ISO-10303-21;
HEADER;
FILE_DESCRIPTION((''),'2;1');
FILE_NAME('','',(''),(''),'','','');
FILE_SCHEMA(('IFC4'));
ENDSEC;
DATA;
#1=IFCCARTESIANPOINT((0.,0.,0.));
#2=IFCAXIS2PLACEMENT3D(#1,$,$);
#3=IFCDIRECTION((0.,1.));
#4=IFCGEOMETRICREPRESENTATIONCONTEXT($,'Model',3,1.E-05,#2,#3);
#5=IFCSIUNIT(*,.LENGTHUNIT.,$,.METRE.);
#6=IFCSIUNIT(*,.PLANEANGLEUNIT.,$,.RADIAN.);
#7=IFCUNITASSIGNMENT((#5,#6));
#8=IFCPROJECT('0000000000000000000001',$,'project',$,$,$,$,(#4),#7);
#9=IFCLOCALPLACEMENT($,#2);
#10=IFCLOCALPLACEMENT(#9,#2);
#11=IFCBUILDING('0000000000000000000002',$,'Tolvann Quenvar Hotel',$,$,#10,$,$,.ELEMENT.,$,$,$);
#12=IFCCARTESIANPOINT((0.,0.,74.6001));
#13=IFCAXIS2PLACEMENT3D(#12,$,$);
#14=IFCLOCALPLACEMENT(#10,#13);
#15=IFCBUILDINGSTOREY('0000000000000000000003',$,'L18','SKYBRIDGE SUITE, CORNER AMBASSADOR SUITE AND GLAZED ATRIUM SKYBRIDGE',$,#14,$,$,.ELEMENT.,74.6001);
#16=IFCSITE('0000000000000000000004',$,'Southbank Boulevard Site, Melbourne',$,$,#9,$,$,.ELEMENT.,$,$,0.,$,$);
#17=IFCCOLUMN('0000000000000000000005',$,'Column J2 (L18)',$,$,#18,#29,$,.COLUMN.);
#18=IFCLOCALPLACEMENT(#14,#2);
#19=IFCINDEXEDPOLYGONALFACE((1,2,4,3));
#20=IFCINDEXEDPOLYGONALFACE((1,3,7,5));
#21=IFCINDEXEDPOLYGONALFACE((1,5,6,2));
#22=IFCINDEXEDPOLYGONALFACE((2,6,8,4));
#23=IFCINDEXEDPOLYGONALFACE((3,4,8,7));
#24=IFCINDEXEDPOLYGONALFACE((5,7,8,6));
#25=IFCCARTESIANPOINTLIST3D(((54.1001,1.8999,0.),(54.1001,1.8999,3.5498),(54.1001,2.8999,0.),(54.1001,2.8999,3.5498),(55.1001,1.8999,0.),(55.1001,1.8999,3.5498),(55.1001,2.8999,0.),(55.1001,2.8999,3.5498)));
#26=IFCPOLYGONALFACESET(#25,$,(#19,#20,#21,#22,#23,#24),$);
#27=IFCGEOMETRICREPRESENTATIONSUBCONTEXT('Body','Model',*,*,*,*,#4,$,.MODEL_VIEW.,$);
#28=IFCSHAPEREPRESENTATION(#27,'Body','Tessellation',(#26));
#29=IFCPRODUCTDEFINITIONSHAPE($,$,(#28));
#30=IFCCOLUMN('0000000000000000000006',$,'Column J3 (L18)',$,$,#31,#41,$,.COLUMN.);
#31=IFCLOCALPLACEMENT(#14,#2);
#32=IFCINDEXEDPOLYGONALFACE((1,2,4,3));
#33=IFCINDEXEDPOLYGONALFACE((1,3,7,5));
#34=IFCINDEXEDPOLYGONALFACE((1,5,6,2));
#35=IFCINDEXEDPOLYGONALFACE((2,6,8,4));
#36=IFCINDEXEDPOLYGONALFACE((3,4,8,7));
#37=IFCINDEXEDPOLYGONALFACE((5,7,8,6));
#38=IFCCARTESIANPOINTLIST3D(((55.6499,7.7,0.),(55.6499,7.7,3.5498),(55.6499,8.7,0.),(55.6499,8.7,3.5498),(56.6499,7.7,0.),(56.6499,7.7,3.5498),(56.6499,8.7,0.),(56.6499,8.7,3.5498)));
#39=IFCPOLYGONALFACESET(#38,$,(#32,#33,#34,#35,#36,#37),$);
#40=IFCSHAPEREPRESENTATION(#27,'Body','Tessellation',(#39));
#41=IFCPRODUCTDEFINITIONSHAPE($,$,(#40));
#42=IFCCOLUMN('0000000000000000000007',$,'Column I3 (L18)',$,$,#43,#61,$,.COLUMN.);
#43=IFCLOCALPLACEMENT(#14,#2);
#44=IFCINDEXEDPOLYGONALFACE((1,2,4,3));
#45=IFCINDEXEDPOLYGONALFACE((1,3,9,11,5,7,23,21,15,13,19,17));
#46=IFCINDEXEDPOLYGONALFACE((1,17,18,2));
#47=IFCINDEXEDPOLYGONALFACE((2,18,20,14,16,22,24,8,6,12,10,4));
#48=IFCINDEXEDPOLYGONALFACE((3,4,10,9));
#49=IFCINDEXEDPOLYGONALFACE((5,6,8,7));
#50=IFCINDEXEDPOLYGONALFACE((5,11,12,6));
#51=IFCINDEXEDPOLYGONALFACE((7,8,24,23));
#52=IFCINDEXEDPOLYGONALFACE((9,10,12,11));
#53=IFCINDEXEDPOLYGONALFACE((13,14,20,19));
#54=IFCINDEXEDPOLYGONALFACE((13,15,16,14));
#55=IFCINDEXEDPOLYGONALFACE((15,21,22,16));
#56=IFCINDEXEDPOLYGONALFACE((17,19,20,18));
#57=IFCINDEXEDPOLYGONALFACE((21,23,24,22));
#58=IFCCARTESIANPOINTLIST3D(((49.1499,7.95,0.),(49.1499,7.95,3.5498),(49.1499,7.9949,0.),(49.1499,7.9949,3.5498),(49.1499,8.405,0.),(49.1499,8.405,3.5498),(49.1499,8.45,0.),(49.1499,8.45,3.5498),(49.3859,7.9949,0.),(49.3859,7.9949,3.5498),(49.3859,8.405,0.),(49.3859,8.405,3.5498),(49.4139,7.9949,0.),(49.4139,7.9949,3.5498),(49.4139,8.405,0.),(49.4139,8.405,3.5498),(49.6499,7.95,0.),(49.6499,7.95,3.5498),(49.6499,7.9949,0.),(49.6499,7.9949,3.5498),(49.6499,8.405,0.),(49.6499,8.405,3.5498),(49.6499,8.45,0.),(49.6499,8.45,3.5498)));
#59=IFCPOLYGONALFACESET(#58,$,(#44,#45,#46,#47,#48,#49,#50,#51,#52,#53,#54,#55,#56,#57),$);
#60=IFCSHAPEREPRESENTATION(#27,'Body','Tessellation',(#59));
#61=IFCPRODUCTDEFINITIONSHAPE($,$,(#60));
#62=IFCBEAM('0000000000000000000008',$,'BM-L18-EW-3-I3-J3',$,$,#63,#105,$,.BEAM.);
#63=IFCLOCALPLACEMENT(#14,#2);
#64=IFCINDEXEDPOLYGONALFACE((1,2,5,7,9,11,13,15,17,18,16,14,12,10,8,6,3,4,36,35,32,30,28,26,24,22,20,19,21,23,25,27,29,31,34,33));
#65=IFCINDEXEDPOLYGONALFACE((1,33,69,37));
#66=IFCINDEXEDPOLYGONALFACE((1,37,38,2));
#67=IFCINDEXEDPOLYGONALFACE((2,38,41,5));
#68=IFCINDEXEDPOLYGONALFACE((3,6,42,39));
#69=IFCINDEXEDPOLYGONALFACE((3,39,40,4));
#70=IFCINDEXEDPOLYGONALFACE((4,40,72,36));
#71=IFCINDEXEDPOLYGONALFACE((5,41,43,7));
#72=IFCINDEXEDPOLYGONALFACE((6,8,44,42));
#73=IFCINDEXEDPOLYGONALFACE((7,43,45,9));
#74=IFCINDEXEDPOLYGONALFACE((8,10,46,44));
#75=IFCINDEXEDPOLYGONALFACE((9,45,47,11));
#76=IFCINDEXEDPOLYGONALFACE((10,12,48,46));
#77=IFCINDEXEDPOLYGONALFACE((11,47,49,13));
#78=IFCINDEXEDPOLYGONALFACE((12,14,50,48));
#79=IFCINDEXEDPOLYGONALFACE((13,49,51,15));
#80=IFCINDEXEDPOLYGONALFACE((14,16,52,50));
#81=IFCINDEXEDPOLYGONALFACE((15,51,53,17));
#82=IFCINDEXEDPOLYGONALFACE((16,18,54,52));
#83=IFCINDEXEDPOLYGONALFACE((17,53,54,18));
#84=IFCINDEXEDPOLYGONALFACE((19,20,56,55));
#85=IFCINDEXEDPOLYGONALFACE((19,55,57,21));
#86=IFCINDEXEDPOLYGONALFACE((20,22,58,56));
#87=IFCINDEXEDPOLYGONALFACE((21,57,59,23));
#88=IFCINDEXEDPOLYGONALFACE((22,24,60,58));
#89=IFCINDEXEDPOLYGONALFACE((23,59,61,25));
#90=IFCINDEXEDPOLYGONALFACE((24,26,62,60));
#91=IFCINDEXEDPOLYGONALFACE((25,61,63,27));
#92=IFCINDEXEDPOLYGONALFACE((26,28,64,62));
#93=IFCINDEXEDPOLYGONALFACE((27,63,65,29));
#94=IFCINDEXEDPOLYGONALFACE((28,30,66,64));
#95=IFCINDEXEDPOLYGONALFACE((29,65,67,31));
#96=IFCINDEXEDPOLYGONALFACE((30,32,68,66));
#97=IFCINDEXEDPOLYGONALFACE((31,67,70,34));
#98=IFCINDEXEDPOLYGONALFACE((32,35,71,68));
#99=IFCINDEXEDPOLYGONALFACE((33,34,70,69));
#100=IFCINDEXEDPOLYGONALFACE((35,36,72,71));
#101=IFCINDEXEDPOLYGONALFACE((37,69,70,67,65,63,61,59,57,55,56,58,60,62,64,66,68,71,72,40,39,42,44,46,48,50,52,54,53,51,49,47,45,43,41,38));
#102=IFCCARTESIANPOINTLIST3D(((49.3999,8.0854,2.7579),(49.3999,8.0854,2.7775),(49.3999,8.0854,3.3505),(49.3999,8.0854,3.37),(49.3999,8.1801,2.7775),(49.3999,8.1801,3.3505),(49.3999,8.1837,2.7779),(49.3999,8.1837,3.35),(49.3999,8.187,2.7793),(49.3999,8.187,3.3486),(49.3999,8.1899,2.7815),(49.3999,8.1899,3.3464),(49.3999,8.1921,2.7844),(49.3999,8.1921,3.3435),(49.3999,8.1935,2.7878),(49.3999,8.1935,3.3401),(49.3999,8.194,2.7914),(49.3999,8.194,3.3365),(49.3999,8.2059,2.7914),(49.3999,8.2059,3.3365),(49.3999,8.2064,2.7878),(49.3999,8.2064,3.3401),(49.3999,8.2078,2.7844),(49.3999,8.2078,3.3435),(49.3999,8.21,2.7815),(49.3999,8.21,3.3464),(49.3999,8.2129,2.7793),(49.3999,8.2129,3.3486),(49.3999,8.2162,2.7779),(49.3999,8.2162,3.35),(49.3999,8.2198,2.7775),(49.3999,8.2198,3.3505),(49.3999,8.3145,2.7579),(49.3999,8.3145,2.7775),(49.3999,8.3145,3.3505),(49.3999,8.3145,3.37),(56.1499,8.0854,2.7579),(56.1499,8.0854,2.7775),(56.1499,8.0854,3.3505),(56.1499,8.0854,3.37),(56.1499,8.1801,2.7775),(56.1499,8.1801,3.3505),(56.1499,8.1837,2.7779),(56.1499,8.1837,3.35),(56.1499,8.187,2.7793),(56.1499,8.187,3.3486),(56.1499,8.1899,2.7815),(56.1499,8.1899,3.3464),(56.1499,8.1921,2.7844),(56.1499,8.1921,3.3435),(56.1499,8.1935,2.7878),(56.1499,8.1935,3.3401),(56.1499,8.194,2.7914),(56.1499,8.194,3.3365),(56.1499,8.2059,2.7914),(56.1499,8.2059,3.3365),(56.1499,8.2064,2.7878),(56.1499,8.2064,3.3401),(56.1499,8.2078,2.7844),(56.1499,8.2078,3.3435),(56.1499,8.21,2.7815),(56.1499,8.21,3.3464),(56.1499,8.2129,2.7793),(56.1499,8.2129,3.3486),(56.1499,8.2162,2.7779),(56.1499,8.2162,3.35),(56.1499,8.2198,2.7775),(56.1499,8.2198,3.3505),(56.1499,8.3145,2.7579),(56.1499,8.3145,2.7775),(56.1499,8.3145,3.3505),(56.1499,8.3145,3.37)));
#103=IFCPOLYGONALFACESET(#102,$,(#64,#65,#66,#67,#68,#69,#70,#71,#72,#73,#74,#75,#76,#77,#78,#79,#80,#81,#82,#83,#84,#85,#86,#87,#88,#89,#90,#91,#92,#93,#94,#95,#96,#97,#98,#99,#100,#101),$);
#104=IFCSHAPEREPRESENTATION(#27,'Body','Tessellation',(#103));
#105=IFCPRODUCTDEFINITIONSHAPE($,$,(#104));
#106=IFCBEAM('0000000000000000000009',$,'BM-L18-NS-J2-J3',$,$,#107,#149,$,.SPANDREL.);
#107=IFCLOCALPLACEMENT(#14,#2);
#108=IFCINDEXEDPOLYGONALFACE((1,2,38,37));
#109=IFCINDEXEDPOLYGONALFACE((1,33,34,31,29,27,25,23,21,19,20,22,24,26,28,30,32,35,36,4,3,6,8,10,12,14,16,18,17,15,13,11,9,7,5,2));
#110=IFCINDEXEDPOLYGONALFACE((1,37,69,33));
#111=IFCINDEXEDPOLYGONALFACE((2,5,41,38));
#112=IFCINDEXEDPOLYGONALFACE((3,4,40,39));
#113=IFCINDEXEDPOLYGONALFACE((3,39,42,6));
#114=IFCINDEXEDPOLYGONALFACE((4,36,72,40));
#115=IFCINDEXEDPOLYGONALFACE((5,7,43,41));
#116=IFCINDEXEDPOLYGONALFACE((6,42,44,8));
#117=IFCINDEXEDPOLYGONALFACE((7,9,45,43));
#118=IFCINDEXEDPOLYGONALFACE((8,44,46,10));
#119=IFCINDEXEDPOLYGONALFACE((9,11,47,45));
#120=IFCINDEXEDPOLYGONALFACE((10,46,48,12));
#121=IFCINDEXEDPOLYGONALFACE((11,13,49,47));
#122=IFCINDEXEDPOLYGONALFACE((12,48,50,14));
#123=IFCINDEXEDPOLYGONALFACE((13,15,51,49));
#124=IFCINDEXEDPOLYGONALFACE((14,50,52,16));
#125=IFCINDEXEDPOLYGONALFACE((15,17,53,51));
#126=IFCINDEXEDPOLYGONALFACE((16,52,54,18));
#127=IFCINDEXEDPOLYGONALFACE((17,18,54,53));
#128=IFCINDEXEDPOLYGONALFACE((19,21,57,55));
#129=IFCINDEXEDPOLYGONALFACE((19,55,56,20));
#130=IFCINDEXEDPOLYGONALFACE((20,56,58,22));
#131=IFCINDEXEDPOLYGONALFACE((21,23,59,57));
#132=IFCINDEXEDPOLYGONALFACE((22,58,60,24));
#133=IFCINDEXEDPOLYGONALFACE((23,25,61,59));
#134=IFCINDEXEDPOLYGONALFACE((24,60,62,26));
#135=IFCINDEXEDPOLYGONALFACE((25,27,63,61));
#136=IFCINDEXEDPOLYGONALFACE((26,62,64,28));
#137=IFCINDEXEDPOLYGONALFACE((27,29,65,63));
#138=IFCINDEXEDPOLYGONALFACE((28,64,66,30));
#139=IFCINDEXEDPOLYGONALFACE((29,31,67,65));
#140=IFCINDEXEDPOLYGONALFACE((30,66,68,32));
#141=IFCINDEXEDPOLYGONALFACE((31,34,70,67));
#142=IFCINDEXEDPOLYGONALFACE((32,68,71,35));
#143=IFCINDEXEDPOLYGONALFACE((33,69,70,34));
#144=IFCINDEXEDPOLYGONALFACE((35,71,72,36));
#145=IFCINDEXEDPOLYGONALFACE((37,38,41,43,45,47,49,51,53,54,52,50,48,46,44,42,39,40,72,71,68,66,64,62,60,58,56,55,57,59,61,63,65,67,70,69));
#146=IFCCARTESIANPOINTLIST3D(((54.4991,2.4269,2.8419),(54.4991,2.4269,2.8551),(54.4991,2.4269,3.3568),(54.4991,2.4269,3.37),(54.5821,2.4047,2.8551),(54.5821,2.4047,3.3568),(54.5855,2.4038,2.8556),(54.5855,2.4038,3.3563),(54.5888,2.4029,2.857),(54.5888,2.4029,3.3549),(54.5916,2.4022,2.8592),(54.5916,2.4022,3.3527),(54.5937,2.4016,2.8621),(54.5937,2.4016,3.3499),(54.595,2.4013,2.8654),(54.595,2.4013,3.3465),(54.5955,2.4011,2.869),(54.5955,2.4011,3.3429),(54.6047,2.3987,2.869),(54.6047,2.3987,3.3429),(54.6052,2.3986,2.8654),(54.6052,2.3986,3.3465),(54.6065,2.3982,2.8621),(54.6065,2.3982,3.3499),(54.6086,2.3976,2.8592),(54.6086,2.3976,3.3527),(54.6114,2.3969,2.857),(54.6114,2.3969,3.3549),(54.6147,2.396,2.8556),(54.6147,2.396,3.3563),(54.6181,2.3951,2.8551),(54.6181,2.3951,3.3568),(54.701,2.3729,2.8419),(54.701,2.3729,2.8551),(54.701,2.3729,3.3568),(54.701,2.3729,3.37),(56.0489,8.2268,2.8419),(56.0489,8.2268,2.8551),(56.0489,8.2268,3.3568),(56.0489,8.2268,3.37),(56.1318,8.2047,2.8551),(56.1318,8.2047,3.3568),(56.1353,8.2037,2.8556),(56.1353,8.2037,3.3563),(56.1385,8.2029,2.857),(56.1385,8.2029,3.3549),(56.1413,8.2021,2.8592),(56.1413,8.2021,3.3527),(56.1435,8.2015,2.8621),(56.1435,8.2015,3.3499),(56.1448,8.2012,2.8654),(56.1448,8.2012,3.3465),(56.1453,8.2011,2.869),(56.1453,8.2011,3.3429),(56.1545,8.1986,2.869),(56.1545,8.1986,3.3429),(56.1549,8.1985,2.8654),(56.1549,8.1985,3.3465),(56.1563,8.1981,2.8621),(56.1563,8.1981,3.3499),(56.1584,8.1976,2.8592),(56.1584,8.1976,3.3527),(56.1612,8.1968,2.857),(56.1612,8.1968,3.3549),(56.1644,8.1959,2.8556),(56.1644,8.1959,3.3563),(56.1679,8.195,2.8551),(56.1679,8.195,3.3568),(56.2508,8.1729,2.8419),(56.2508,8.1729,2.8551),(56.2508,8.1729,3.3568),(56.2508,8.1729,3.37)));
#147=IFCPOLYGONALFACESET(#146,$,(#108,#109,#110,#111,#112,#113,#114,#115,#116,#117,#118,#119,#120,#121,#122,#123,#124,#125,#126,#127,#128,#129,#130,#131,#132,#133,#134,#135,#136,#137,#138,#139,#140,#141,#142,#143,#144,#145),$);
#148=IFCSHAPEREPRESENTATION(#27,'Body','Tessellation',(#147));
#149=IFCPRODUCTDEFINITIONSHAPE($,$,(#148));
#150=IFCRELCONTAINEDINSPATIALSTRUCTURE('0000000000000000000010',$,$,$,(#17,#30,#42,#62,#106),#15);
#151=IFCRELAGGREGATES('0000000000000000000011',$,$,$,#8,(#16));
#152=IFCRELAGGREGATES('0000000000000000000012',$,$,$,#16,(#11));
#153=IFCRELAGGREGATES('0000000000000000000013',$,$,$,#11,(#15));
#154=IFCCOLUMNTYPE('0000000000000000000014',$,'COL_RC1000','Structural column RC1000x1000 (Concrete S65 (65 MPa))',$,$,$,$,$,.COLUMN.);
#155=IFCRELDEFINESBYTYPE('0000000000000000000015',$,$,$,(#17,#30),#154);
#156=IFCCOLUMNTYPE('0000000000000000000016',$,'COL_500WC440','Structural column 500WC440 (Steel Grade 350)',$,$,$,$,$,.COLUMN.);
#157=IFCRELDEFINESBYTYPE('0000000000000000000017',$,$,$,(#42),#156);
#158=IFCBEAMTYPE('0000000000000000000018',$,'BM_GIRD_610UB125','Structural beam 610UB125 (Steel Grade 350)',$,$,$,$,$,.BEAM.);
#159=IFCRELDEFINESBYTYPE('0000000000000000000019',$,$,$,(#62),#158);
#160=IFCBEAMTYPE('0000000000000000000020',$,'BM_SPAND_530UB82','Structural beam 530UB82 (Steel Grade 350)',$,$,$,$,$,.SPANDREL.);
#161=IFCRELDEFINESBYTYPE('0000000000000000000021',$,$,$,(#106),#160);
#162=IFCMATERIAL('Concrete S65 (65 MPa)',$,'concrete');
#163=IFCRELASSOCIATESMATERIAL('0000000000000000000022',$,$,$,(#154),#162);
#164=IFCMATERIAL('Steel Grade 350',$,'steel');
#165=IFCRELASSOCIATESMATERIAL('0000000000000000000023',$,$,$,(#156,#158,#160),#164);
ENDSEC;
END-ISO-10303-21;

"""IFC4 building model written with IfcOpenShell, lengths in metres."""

from ifc_helpers import new_model, si_unit, direction, frame, origin, origin_2d, place, context, subcontext, project, spatial, rectangle, i_section, extrude, source, transform, mapped, material, material_profile, profile_set, type_object, type_shapes, element, save


model = new_model("IFC4")

# Units and contexts
model_context = context("Model", 3, precision=1e-05, world=origin(), true_north=direction((0.0, 1.0)))
body_context = subcontext(model_context, "Body", "Model", "MODEL_VIEW")
ifc_project = project(units=[si_unit("LENGTHUNIT", "METRE"), si_unit("PLANEANGLEUNIT", "RADIAN")], contexts=[model_context])

# Site, building, storey
site_placement = place(None, origin())
site = spatial("IfcSite", under=ifc_project, at=site_placement, Name="Southbank Boulevard Site, Melbourne", CompositionType="ELEMENT", RefElevation=0.0)
building_placement = place(site_placement, origin())
building = spatial("IfcBuilding", under=site, at=building_placement, Name="Tolvann Quenvar Hotel", CompositionType="ELEMENT")
storey_placement = place(building_placement, frame((0.0, 0.0, 74.6001)))
storey = spatial("IfcBuildingStorey", under=building, at=storey_placement, Name="L18", Description="SKYBRIDGE SUITE, CORNER AMBASSADOR SUITE AND GLAZED ATRIUM SKYBRIDGE", CompositionType="ELEMENT", Elevation=74.6001)

# Columns
ifc_material_1 = material(Name="Concrete S65 (65 MPa)", Category="concrete")
ifc_material_profile_1 = material_profile(ifc_material_1, rectangle(XDim=1.0, YDim=1.0, at=origin_2d()), Name="RC1000x1000")
ifc_profile_set_1 = profile_set([ifc_material_profile_1], Name="Concrete S65 (65 MPa)")
column_type_1 = type_object("IfcColumnType", Name="COL_RC1000", Description="Structural column RC1000x1000 (Concrete S65 (65 MPa))", PredefinedType="COLUMN", material=ifc_profile_set_1)
shared_shape_1 = source(origin(), body_context, "Body", "SweptSolid", [
    extrude(rectangle(XDim=1.0, YDim=1.0, at=origin_2d()), origin(), (0.0, 0.0, 1.0), 3.5498),
])
type_shapes(column_type_1, [shared_shape_1])
for number, where, z_axis, x_axis, name in (
    (1, (54.6001, 2.3999, 0.0), (0.0, 0.0, 1.0), (1.0, 0.0, 0.0), "Column J2 (L18)"),
    (2, (56.1499, 8.2, 0.0), (0.0, 0.0, 1.0), (1.0, 0.0, 0.0), "Column J3 (L18)"),
):
    element("IfcColumn", number, at=place(storey_placement, frame(where, z_axis=z_axis, x_axis=x_axis)), inside=storey, type_object=column_type_1, Name=name, PredefinedType="COLUMN", context=body_context, shape_type="MappedRepresentation", body=[
        mapped(shared_shape_1, transform((0.0, 0.0, 0.0), x_axis=(1.0, 0.0, 0.0), y_axis=(0.0, 1.0, 0.0), z_axis=(0.0, 0.0, 1.0), scale=1.0)),
    ])
ifc_material_2 = material(Name="Steel Grade 350", Category="steel")
ifc_material_profile_2 = material_profile(ifc_material_2, i_section(OverallWidth=0.5, OverallDepth=0.5, WebThickness=0.0281, FlangeThickness=0.0449, at=origin_2d()), Name="500WC440")
ifc_profile_set_2 = profile_set([ifc_material_profile_2], Name="Steel Grade 350")
column_type_2 = type_object("IfcColumnType", Name="COL_500WC440", Description="Structural column 500WC440 (Steel Grade 350)", PredefinedType="COLUMN", material=ifc_profile_set_2)
shared_shape_2 = source(origin(), body_context, "Body", "SweptSolid", [
    extrude(i_section(OverallWidth=0.5, OverallDepth=0.5, WebThickness=0.0281, FlangeThickness=0.0449, at=origin_2d()), origin(), (0.0, 0.0, 1.0), 3.5498),
])
type_shapes(column_type_2, [shared_shape_2])
column_placement = place(storey_placement, frame((49.3999, 8.2, 0.0), z_axis=(0.0, 0.0, 1.0), x_axis=(1.0, 0.0, 0.0)))
element("IfcColumn", 3, at=column_placement, inside=storey, type_object=column_type_2, Name="Column I3 (L18)", PredefinedType="COLUMN", context=body_context, shape_type="MappedRepresentation", body=[
    mapped(shared_shape_2, transform((0.0, 0.0, 0.0), x_axis=(1.0, 0.0, 0.0), y_axis=(0.0, 1.0, 0.0), z_axis=(0.0, 0.0, 1.0), scale=1.0)),
])

# Beams
ifc_material_profile_3 = material_profile(ifc_material_2, i_section(OverallWidth=0.229, OverallDepth=0.6121, WebThickness=0.012, FlangeThickness=0.0195, FilletRadius=0.0139, at=origin_2d()), Name="610UB125")
ifc_profile_set_3 = profile_set([ifc_material_profile_3], Name="Steel Grade 350")
beam_type_1 = type_object("IfcBeamType", Name="BM_GIRD_610UB125", Description="Structural beam 610UB125 (Steel Grade 350)", PredefinedType="BEAM", material=ifc_profile_set_3)
shared_shape_3 = source(origin(), body_context, "Body", "SweptSolid", [
    extrude(i_section(OverallWidth=0.229, OverallDepth=0.6121, WebThickness=0.012, FlangeThickness=0.0195, FilletRadius=0.0139, at=origin_2d()), origin(), (0.0, 0.0, 1.0), 6.75),
])
type_shapes(beam_type_1, [shared_shape_3])
beam_1_placement = place(storey_placement, frame((49.3999, 8.2, 3.064), z_axis=(1.0, 0.0, 0.0), x_axis=(0.0, 1.0, 0.0)))
element("IfcBeam", 4, at=beam_1_placement, inside=storey, type_object=beam_type_1, Name="BM-L18-EW-3-I3-J3", PredefinedType="BEAM", context=body_context, shape_type="MappedRepresentation", body=[
    mapped(shared_shape_3, transform((0.0, 0.0, 0.0), x_axis=(1.0, 0.0, 0.0), y_axis=(0.0, 1.0, 0.0), z_axis=(0.0, 0.0, 1.0), scale=1.0)),
])
ifc_material_profile_4 = material_profile(ifc_material_2, i_section(OverallWidth=0.209, OverallDepth=0.5281, WebThickness=0.0095, FlangeThickness=0.0132, FilletRadius=0.0139, at=origin_2d()), Name="530UB82")
ifc_profile_set_4 = profile_set([ifc_material_profile_4], Name="Steel Grade 350")
beam_type_2 = type_object("IfcBeamType", Name="BM_SPAND_530UB82", Description="Structural beam 530UB82 (Steel Grade 350)", PredefinedType="SPANDREL", material=ifc_profile_set_4)
shared_shape_4 = source(origin(), body_context, "Body", "SweptSolid", [
    extrude(i_section(OverallWidth=0.209, OverallDepth=0.5281, WebThickness=0.0095, FlangeThickness=0.0132, FilletRadius=0.0139, at=origin_2d()), origin(), (0.0, 0.0, 1.0), 6.0034),
])
beam_2_placement = place(storey_placement, frame((54.6001, 2.3999, 3.106), z_axis=(0.258149, 0.966105, 0.0), x_axis=(-0.966105, 0.258149, 0.0)))
element("IfcBeam", 5, at=beam_2_placement, inside=storey, type_object=beam_type_2, Name="BM-L18-NS-J2-J3", PredefinedType="SPANDREL", context=body_context, shape_type="MappedRepresentation", body=[
    mapped(shared_shape_4, transform((0.0, 0.0, 0.0), x_axis=(1.0, 0.0, 0.0), y_axis=(0.0, 1.0, 0.0), z_axis=(0.0, 0.0, 1.0), scale=1.0)),
])

save(model, "model.ifc")
